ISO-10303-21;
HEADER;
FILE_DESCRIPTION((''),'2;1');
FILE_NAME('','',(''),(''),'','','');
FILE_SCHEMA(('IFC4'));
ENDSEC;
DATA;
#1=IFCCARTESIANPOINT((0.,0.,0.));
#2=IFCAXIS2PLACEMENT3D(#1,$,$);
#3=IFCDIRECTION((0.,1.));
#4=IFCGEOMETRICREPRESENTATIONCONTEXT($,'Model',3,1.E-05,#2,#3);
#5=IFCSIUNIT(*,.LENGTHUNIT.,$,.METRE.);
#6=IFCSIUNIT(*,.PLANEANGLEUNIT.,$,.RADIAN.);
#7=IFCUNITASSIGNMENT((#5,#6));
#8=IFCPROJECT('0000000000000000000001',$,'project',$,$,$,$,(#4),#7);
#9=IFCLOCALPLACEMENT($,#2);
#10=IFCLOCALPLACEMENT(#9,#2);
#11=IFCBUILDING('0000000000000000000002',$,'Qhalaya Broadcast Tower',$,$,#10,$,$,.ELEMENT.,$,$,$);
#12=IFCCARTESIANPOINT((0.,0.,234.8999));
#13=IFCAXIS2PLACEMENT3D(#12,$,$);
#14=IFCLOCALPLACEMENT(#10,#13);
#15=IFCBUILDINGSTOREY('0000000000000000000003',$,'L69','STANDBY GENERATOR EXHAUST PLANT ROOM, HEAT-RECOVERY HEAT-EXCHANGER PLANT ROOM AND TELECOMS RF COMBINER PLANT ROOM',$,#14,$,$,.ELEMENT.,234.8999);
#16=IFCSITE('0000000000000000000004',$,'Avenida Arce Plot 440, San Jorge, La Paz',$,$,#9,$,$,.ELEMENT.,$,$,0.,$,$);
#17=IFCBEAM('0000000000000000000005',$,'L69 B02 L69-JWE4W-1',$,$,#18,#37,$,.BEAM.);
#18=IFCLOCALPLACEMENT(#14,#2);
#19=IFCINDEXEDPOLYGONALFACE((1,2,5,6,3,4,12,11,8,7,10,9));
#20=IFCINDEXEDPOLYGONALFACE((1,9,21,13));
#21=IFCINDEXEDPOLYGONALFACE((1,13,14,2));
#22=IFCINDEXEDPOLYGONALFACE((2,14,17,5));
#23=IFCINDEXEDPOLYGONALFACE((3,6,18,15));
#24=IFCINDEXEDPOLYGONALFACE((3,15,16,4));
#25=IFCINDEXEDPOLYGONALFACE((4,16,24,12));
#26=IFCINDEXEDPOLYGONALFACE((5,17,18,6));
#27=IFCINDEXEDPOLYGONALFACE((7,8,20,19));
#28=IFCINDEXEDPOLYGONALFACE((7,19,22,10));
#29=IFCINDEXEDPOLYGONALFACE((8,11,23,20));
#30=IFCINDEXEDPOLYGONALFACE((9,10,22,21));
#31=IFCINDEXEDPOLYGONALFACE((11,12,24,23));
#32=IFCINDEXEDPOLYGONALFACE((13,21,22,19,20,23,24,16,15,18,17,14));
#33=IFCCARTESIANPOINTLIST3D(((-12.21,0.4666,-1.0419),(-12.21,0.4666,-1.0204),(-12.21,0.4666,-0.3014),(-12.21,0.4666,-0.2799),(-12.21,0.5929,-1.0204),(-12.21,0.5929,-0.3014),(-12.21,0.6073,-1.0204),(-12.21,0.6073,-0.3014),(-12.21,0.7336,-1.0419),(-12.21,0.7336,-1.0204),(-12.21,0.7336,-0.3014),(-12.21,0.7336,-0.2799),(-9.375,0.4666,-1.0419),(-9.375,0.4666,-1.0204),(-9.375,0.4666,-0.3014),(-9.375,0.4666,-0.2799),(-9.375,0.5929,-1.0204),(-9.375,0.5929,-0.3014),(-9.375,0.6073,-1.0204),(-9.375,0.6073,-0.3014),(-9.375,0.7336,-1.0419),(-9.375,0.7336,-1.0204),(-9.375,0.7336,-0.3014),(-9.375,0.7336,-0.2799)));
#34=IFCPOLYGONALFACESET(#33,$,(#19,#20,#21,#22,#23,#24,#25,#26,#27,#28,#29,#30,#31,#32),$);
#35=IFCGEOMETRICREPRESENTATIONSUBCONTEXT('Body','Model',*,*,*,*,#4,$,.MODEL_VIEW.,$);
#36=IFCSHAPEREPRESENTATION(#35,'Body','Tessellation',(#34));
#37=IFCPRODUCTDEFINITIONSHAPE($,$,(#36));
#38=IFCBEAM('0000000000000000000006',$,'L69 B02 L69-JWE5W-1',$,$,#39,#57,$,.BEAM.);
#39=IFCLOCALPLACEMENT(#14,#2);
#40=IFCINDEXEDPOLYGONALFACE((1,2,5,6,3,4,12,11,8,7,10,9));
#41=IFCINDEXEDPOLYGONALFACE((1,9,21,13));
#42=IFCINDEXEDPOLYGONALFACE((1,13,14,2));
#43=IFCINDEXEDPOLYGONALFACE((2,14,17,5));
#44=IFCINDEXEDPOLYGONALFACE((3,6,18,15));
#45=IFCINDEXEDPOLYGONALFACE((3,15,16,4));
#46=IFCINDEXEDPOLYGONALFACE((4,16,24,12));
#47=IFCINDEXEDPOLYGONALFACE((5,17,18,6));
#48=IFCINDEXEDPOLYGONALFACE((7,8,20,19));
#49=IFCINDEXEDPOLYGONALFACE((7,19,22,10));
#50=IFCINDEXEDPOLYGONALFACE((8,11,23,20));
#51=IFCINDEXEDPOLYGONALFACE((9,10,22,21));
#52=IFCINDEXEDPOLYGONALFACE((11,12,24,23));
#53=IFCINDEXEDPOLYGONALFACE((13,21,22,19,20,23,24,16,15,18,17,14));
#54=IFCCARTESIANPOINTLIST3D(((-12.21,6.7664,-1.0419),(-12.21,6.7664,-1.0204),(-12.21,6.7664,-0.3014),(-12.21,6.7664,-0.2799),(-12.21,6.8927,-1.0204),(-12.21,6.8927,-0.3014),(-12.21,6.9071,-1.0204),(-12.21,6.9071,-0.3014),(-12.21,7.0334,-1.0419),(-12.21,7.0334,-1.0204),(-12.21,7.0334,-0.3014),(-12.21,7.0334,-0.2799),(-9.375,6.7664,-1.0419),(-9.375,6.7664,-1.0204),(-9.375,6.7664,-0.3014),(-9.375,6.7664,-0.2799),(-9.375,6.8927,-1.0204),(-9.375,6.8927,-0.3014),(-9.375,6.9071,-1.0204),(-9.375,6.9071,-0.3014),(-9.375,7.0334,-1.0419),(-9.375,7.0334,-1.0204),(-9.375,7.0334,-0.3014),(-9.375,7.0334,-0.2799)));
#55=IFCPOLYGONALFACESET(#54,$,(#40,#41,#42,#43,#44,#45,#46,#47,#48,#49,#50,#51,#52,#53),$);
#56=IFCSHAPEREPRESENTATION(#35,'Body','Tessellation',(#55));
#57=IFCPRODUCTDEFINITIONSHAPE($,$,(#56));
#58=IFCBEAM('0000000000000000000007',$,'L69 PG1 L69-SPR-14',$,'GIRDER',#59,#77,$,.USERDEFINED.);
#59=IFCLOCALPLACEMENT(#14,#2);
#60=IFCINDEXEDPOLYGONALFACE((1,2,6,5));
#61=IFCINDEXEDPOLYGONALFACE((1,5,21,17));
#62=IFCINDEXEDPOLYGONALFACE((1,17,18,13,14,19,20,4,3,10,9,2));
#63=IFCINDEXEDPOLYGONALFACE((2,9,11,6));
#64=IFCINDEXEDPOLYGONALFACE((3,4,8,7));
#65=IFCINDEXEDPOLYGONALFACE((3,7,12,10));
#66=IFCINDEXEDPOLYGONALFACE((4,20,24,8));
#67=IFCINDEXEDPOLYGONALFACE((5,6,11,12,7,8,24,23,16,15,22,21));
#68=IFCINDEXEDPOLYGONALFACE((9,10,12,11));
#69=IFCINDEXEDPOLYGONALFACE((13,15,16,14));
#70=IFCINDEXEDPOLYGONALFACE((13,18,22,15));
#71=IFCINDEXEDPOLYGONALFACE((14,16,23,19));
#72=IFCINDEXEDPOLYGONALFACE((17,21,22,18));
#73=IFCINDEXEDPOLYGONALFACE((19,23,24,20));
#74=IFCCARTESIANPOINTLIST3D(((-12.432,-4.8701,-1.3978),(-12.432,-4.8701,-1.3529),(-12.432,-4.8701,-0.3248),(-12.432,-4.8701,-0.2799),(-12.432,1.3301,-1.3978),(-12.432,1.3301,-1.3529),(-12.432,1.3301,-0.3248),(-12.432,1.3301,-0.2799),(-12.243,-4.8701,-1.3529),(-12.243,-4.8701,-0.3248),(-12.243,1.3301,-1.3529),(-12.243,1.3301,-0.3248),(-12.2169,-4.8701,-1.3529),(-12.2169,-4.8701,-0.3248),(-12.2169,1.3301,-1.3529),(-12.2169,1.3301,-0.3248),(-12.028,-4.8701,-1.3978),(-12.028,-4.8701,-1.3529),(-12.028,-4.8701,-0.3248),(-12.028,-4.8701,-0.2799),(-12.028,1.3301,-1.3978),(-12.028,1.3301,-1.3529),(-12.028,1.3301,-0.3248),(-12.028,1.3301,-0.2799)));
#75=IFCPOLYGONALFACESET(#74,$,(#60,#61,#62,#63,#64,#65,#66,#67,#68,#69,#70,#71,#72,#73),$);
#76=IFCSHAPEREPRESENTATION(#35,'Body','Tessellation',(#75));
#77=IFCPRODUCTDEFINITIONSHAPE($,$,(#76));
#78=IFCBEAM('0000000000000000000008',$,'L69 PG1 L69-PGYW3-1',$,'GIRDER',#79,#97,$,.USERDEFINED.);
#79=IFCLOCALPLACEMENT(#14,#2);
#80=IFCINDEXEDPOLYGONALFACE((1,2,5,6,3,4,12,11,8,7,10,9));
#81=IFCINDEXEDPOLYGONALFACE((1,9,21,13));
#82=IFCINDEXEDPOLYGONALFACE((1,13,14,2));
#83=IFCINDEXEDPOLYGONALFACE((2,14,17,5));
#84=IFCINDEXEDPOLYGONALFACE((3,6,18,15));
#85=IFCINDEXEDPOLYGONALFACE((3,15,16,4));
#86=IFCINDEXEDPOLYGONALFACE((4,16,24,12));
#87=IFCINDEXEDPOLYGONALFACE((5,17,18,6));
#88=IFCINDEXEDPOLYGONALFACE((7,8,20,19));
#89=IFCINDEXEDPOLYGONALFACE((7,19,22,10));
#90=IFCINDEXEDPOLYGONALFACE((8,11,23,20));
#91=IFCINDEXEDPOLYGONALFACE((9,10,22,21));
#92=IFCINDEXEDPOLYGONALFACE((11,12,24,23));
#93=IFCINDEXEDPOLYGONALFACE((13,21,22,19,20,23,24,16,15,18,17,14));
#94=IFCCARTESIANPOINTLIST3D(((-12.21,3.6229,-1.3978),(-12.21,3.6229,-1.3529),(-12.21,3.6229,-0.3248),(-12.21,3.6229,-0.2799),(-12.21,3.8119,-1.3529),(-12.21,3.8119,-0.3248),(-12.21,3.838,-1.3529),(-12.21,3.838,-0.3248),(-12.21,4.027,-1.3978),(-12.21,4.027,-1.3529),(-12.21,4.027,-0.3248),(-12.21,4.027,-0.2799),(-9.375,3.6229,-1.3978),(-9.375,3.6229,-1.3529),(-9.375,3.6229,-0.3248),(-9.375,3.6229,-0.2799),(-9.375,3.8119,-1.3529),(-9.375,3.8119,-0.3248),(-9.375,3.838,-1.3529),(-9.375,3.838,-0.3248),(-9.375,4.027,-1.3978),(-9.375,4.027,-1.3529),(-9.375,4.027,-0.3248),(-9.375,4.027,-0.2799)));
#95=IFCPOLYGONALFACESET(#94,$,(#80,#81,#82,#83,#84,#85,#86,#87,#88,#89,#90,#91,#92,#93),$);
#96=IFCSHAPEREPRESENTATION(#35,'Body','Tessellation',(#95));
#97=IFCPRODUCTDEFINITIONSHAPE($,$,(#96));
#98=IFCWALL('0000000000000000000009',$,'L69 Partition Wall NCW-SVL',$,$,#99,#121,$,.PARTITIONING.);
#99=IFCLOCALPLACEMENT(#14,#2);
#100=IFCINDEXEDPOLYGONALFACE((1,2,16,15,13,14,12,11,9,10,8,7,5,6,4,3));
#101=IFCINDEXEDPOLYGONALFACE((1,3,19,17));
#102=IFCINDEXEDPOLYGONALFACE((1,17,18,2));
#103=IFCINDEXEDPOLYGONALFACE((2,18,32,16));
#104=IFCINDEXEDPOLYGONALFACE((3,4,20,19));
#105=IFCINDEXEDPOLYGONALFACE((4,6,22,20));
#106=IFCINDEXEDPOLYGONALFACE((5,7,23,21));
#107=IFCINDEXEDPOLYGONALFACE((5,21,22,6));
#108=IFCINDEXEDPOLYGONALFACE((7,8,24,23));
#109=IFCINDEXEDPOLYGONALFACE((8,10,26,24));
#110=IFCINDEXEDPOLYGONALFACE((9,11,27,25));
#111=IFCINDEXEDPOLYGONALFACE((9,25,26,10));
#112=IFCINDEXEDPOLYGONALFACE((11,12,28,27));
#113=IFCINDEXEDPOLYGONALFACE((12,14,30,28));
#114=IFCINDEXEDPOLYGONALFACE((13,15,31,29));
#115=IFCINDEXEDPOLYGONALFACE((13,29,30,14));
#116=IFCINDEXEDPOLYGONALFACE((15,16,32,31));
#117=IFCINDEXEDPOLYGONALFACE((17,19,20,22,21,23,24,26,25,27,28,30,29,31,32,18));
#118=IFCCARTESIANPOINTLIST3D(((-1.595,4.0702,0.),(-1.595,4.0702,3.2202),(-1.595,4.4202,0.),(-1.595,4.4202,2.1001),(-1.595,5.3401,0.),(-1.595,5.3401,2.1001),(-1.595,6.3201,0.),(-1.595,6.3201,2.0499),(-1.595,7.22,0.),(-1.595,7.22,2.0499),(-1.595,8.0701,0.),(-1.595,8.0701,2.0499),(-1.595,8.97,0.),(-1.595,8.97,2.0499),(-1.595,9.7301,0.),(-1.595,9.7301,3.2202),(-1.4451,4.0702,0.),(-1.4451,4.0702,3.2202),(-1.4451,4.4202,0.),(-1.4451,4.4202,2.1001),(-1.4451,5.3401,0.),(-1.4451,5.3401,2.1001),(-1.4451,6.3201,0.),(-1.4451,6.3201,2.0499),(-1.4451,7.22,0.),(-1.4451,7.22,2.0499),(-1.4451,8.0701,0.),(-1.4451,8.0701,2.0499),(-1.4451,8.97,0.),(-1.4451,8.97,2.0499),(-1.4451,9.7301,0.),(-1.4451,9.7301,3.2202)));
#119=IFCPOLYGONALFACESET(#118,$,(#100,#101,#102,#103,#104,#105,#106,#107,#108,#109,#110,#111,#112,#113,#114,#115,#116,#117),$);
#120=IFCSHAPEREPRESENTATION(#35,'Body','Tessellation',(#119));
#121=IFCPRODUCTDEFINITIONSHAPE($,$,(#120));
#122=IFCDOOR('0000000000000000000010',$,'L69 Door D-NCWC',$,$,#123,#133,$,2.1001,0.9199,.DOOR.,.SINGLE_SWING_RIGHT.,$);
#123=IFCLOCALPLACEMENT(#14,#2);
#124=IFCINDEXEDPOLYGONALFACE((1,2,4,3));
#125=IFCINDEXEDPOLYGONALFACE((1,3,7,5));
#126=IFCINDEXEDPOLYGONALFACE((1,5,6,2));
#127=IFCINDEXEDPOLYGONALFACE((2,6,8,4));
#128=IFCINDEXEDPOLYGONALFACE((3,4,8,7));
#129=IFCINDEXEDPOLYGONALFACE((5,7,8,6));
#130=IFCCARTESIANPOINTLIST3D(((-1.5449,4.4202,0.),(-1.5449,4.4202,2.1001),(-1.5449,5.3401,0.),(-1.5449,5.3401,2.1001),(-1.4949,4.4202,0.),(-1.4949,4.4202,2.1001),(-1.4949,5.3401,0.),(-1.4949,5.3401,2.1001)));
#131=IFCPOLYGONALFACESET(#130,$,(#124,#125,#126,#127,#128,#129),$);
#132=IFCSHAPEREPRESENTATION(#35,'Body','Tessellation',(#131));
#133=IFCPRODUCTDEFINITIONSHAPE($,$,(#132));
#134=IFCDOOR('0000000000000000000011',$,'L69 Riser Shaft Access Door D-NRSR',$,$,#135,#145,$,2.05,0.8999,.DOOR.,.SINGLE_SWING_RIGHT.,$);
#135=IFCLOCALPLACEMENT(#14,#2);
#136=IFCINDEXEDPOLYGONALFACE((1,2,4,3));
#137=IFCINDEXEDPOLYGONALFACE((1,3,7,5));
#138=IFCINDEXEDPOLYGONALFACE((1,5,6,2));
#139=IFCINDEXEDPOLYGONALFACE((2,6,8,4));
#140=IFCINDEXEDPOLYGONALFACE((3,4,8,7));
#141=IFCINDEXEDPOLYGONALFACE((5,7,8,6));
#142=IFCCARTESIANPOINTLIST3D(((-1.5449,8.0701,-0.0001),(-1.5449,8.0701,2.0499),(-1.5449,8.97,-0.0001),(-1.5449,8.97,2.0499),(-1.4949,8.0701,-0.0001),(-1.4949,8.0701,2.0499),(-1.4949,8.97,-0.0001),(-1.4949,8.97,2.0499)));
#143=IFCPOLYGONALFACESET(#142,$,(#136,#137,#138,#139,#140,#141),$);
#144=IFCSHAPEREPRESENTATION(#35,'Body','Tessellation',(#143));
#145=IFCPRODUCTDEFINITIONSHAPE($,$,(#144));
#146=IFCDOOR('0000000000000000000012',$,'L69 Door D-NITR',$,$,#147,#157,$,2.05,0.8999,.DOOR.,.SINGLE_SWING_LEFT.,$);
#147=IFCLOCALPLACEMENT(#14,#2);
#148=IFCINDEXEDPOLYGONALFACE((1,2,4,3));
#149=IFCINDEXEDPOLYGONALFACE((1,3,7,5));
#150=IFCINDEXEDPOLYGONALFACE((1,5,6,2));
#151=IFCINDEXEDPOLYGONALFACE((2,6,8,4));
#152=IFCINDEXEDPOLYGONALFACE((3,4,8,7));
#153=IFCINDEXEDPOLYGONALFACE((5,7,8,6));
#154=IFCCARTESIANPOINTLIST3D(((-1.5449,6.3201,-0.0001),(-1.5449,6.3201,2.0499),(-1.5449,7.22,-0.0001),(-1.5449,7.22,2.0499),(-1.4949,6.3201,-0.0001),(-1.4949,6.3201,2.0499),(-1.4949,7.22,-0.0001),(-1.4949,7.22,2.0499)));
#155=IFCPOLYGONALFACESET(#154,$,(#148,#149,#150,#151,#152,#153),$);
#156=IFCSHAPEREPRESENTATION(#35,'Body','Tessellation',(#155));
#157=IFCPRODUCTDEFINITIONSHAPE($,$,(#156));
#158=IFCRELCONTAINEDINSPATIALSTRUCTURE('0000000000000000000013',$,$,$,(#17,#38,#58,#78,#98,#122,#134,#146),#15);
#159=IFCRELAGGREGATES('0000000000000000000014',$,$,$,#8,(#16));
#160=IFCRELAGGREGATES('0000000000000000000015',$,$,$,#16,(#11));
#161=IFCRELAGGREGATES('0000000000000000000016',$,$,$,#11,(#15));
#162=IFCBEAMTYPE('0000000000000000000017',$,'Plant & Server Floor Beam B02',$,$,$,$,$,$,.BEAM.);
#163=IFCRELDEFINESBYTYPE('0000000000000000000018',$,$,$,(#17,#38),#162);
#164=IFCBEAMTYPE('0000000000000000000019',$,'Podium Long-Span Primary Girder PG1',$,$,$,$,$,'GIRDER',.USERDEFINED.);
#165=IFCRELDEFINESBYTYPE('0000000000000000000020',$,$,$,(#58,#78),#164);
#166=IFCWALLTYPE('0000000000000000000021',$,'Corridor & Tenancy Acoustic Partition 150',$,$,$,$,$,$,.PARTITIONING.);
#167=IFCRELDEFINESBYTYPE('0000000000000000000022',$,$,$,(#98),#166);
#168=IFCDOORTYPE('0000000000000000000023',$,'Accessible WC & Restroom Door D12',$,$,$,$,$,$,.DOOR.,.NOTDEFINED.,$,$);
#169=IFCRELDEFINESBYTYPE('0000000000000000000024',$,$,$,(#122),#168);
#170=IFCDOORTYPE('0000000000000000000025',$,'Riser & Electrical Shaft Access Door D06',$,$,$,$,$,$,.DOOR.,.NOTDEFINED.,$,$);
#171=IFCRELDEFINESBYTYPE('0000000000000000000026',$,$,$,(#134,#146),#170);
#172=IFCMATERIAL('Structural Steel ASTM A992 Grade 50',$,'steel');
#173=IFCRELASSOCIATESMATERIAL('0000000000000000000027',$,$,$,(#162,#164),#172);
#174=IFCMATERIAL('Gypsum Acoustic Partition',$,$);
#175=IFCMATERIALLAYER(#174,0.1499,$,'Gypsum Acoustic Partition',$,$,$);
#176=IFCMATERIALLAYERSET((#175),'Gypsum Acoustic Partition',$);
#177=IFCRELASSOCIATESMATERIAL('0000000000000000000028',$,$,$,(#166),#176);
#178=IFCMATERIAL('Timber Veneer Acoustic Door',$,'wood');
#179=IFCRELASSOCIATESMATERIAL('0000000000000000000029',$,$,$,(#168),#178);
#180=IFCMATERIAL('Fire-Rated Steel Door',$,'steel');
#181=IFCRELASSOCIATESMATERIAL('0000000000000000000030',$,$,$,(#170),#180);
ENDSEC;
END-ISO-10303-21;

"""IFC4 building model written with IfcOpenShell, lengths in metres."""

from ifc_helpers import new_model, si_unit, direction, frame, frame_2d, origin, origin_2d, place, context, subcontext, project, spatial, rectangle, i_section, extrude, material, layer, layer_set, material_profile, profile_set, type_object, element, fill, save


model = new_model("IFC4")

# Units and contexts
model_context = context("Model", 3, precision=1e-05, world=origin(), true_north=direction((0.0, 1.0)))
body_context = subcontext(model_context, "Body", "Model", "MODEL_VIEW")
ifc_project = project(units=[si_unit("LENGTHUNIT", "METRE"), si_unit("PLANEANGLEUNIT", "RADIAN")], contexts=[model_context])

# Site, building, storey
site_placement = place(None, origin())
site = spatial("IfcSite", under=ifc_project, at=site_placement, Name="Avenida Arce Plot 440, San Jorge, La Paz", CompositionType="ELEMENT", RefElevation=0.0)
building_placement = place(site_placement, origin())
building = spatial("IfcBuilding", under=site, at=building_placement, Name="Qhalaya Broadcast Tower", CompositionType="ELEMENT")
storey_placement = place(building_placement, frame((0.0, 0.0, 234.8999)))
storey = spatial("IfcBuildingStorey", under=building, at=storey_placement, Name="L69", Description="STANDBY GENERATOR EXHAUST PLANT ROOM, HEAT-RECOVERY HEAT-EXCHANGER PLANT ROOM AND TELECOMS RF COMBINER PLANT ROOM", CompositionType="ELEMENT", Elevation=234.8999)

# Beams
ifc_material_1 = material(Name="Structural Steel ASTM A992 Grade 50", Category="steel")
ifc_material_profile_1 = material_profile(ifc_material_1, i_section(OverallWidth=0.2671, OverallDepth=0.762, WebThickness=0.0144, FlangeThickness=0.0215, at=origin_2d()), Name="W30X116")
ifc_profile_set_1 = profile_set([ifc_material_profile_1], Name="Structural Steel ASTM A992 Grade 50")
beam_type_1 = type_object("IfcBeamType", Name="Plant & Server Floor Beam B02", PredefinedType="BEAM", material=ifc_profile_set_1)
for number, where, z_axis, x_axis, name in (
    (1, (-12.21, 0.6001, -0.6609), (1.0, 0.0, 0.0), (0.0, 1.0, 0.0), "L69 B02 L69-JWE4W-1"),
    (2, (-12.21, 6.8999, -0.6609), (1.0, 0.0, 0.0), (0.0, 1.0, 0.0), "L69 B02 L69-JWE5W-1"),
):
    element("IfcBeam", number, at=place(storey_placement, frame(where, z_axis=z_axis, x_axis=x_axis)), inside=storey, type_object=beam_type_1, Name=name, PredefinedType="BEAM", context=body_context, shape_type="SweptSolid", body=[
        extrude(i_section(OverallWidth=0.2671, OverallDepth=0.762, WebThickness=0.0144, FlangeThickness=0.0215, at=origin_2d()), origin(), (0.0, 0.0, 1.0), 2.835),
    ])
ifc_material_profile_2 = material_profile(ifc_material_1, i_section(OverallWidth=0.4041, OverallDepth=1.1179, WebThickness=0.0261, FlangeThickness=0.0449, at=origin_2d()), Name="W44X335")
ifc_profile_set_2 = profile_set([ifc_material_profile_2], Name="Structural Steel ASTM A992 Grade 50")
beam_type_2 = type_object("IfcBeamType", Name="Podium Long-Span Primary Girder PG1", ElementType="GIRDER", PredefinedType="USERDEFINED", material=ifc_profile_set_2)
beam_1_placement = place(storey_placement, frame((-12.23, 1.3301, -0.8389), z_axis=(0.0, -1.0, 0.0), x_axis=(1.0, 0.0, 0.0)))
element("IfcBeam", 3, at=beam_1_placement, inside=storey, type_object=beam_type_2, Name="L69 PG1 L69-SPR-14", ObjectType="GIRDER", PredefinedType="USERDEFINED", context=body_context, shape_type="SweptSolid", body=[
    extrude(i_section(OverallWidth=0.4041, OverallDepth=1.1179, WebThickness=0.0261, FlangeThickness=0.0449, at=origin_2d()), origin(), (0.0, 0.0, 1.0), 6.2002),
])
beam_2_placement = place(storey_placement, frame((-12.21, 3.825, -0.8389), z_axis=(1.0, 0.0, 0.0), x_axis=(0.0, 1.0, 0.0)))
element("IfcBeam", 4, at=beam_2_placement, inside=storey, type_object=beam_type_2, Name="L69 PG1 L69-PGYW3-1", ObjectType="GIRDER", PredefinedType="USERDEFINED", context=body_context, shape_type="SweptSolid", body=[
    extrude(i_section(OverallWidth=0.4041, OverallDepth=1.1179, WebThickness=0.0261, FlangeThickness=0.0449, at=origin_2d()), origin(), (0.0, 0.0, 1.0), 2.835),
])

# Wall, openings, doors
ifc_material_2 = material(Name="Gypsum Acoustic Partition")
ifc_layer_1 = layer(ifc_material_2, 0.1499, Name="Gypsum Acoustic Partition")
ifc_layer_set_1 = layer_set([ifc_layer_1], Name="Gypsum Acoustic Partition")
wall_type_1 = type_object("IfcWallType", Name="Corridor & Tenancy Acoustic Partition 150", PredefinedType="PARTITIONING", material=ifc_layer_set_1)
wall_1_placement = place(storey_placement, frame((-1.52, 4.0701, 0.0), z_axis=(0.0, 0.0, 1.0), x_axis=(0.0, 1.0, 0.0)))
wall_1 = element("IfcWall", 5, at=wall_1_placement, inside=storey, type_object=wall_type_1, Name="L69 Partition Wall NCW-SVL", PredefinedType="PARTITIONING", context=body_context, shape_type="SweptSolid", body=[
    extrude(rectangle(XDim=5.6599, YDim=0.1499, at=frame_2d((2.8301, 0.0))), origin(), (0.0, 0.0, 1.0), 3.2202),
])
opening_1_placement = place(wall_1_placement, frame((4.0, 0.0, 0.0)))
opening_1 = element("IfcOpeningElement", 6, at=opening_1_placement, cuts=wall_1, PredefinedType="OPENING", context=body_context, shape_type="SweptSolid", body=[
    extrude(rectangle(XDim=0.8999, YDim=2.05, at=frame_2d((0.45, 1.0249))), frame((0.0, 0.0869, 0.0), z_axis=(0.0, -1.0, 0.0), x_axis=(1.0, 0.0, 0.0)), (0.0, 0.0, 1.0), 0.1738),
])
opening_2_placement = place(wall_1_placement, frame((2.25, 0.0, 0.0)))
opening_2 = element("IfcOpeningElement", 7, at=opening_2_placement, cuts=wall_1, PredefinedType="OPENING", context=body_context, shape_type="SweptSolid", body=[
    extrude(rectangle(XDim=0.8999, YDim=2.05, at=frame_2d((0.45, 1.0249))), frame((0.0, 0.0869, 0.0), z_axis=(0.0, -1.0, 0.0), x_axis=(1.0, 0.0, 0.0)), (0.0, 0.0, 1.0), 0.1738),
])
opening_3_placement = place(wall_1_placement, frame((0.3501, 0.0, 0.0)))
opening_3 = element("IfcOpeningElement", 8, at=opening_3_placement, cuts=wall_1, PredefinedType="OPENING", context=body_context, shape_type="SweptSolid", body=[
    extrude(rectangle(XDim=0.9199, YDim=2.1001, at=frame_2d((0.46, 1.05))), frame((0.0, 0.0869, 0.0), z_axis=(0.0, -1.0, 0.0), x_axis=(1.0, 0.0, 0.0)), (0.0, 0.0, 1.0), 0.1738),
])
ifc_material_3 = material(Name="Timber Veneer Acoustic Door", Category="wood")
door_type_1 = type_object("IfcDoorType", Name="Accessible WC & Restroom Door D12", OperationType="NOTDEFINED", PredefinedType="DOOR", material=ifc_material_3)
door_1_placement = place(opening_3_placement, origin())
door_1 = element("IfcDoor", 9, at=door_1_placement, inside=storey, type_object=door_type_1, Name="L69 Door D-NCWC", OperationType="SINGLE_SWING_RIGHT", OverallHeight=2.1001, OverallWidth=0.9199, PredefinedType="DOOR", context=body_context, shape_type="SweptSolid", body=[
    extrude(rectangle(XDim=0.9199, YDim=2.1001, at=frame_2d((0.46, 1.05))), frame((0.0, 0.0249, 0.0), z_axis=(0.0, -1.0, 0.0), x_axis=(1.0, 0.0, 0.0)), (0.0, 0.0, 1.0), 0.05),
])
fill(opening_3, door_1)
ifc_material_4 = material(Name="Fire-Rated Steel Door", Category="steel")
door_type_2 = type_object("IfcDoorType", Name="Riser & Electrical Shaft Access Door D06", OperationType="NOTDEFINED", PredefinedType="DOOR", material=ifc_material_4)
door_2_placement = place(opening_1_placement, origin())
door_2 = element("IfcDoor", 10, at=door_2_placement, inside=storey, type_object=door_type_2, Name="L69 Riser Shaft Access Door D-NRSR", OperationType="SINGLE_SWING_RIGHT", OverallHeight=2.05, OverallWidth=0.8999, PredefinedType="DOOR", context=body_context, shape_type="SweptSolid", body=[
    extrude(rectangle(XDim=0.8999, YDim=2.05, at=frame_2d((0.45, 1.0249))), frame((0.0, 0.0249, 0.0), z_axis=(0.0, -1.0, 0.0), x_axis=(1.0, 0.0, 0.0)), (0.0, 0.0, 1.0), 0.05),
])
fill(opening_1, door_2)
door_3_placement = place(opening_2_placement, origin())
door_3 = element("IfcDoor", 11, at=door_3_placement, inside=storey, type_object=door_type_2, Name="L69 Door D-NITR", OperationType="SINGLE_SWING_LEFT", OverallHeight=2.05, OverallWidth=0.8999, PredefinedType="DOOR", context=body_context, shape_type="SweptSolid", body=[
    extrude(rectangle(XDim=0.8999, YDim=2.05, at=frame_2d((0.45, 1.0249))), frame((0.0, 0.0249, 0.0), z_axis=(0.0, -1.0, 0.0), x_axis=(1.0, 0.0, 0.0)), (0.0, 0.0, 1.0), 0.05),
])
fill(opening_2, door_3)

save(model, "model.ifc")
